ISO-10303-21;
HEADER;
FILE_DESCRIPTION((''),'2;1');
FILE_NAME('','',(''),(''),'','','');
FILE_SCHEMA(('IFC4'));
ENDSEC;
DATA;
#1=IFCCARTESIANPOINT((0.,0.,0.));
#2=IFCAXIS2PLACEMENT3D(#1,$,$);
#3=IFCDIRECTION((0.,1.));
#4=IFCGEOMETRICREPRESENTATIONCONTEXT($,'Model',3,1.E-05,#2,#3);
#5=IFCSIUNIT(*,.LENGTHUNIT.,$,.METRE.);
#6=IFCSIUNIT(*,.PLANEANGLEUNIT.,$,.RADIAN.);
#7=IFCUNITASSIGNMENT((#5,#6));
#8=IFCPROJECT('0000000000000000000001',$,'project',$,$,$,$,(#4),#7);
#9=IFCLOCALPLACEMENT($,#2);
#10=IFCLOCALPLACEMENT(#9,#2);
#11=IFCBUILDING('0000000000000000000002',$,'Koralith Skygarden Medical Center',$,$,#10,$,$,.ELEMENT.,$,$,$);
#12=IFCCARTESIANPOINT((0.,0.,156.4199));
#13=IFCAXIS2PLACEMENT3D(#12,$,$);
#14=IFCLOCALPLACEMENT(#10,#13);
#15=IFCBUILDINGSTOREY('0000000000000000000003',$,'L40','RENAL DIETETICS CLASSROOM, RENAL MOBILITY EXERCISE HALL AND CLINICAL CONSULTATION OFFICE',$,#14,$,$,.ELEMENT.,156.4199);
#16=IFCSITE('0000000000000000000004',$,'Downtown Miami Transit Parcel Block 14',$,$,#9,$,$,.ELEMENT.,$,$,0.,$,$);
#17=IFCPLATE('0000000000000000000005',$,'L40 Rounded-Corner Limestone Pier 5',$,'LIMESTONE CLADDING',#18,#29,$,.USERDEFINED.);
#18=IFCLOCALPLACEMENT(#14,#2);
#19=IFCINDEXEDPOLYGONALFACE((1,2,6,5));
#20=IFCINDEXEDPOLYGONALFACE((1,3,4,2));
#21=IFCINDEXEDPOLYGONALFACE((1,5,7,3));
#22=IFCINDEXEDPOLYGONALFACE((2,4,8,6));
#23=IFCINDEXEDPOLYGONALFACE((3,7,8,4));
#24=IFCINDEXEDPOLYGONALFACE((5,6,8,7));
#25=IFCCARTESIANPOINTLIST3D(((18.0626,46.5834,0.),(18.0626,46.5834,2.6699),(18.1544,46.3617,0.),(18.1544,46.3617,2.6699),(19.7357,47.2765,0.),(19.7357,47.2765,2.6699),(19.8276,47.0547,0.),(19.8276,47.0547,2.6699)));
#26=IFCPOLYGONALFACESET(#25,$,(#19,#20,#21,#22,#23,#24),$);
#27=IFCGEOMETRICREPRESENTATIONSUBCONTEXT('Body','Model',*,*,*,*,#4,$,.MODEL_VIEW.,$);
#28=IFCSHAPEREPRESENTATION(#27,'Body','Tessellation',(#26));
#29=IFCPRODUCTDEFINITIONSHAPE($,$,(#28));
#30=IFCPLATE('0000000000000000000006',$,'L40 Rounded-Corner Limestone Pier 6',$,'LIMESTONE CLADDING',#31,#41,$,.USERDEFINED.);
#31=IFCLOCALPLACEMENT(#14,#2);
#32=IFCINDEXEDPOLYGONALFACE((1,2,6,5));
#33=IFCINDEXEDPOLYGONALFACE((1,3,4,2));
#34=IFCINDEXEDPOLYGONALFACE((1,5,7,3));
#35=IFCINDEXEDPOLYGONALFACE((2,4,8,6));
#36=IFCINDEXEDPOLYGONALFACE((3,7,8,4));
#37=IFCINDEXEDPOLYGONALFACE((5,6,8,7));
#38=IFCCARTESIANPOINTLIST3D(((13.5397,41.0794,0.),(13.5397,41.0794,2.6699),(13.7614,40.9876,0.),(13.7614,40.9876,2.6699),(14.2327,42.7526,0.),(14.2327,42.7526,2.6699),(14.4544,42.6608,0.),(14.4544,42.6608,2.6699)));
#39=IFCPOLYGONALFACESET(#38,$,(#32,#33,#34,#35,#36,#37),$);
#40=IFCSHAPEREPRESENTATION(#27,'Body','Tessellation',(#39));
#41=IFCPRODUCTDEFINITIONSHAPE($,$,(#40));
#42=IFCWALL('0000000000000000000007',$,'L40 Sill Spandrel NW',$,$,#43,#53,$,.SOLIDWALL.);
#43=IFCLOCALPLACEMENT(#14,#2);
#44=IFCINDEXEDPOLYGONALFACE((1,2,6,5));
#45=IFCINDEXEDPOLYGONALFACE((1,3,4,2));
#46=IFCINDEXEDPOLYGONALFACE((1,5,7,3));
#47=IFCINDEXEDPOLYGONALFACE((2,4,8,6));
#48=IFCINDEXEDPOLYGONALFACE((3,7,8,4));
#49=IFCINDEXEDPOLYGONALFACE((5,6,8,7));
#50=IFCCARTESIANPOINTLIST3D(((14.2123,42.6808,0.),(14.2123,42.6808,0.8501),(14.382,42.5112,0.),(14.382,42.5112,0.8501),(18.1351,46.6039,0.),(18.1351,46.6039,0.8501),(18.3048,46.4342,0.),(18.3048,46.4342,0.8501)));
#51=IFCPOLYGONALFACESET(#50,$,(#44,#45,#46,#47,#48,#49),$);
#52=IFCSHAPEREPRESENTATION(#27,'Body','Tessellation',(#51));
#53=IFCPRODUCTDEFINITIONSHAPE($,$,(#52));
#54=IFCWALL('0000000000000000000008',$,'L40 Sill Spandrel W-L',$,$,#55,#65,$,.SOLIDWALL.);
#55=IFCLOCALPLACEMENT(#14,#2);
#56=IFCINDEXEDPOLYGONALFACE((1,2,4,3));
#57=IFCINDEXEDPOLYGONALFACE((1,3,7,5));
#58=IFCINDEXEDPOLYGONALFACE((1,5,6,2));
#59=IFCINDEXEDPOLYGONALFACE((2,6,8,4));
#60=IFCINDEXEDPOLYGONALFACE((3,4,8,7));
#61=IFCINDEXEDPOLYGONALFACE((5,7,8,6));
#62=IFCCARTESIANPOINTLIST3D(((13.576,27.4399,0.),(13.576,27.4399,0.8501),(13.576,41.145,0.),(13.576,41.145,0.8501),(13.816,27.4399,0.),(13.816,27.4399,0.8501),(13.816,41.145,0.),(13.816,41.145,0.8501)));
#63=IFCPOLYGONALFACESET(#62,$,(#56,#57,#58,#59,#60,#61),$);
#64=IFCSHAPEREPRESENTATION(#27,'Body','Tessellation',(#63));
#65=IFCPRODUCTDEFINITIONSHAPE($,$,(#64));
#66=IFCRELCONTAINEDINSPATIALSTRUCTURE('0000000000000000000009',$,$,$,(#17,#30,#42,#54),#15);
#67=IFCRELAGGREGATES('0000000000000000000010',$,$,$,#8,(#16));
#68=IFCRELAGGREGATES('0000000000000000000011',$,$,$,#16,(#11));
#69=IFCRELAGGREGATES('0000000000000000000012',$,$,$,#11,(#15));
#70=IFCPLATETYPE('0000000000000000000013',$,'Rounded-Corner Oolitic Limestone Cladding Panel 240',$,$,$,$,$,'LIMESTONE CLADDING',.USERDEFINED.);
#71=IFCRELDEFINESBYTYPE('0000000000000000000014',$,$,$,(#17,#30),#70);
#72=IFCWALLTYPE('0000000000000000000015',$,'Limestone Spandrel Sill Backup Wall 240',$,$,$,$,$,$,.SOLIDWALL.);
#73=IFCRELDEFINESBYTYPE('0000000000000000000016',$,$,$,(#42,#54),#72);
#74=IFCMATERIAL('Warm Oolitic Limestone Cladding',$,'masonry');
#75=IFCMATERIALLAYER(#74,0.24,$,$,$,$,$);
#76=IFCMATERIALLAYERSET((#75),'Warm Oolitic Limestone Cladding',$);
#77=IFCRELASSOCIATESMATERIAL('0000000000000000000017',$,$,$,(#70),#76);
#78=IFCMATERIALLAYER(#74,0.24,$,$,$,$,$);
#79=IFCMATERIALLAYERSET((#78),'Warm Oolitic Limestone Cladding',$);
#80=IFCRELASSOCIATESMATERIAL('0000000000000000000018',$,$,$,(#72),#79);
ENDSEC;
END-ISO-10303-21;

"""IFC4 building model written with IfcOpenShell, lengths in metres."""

from ifc_helpers import new_model, si_unit, direction, frame, frame_2d, origin, origin_2d, place, context, subcontext, project, spatial, rectangle, extrude, material, layer, layer_set, type_object, element, save


model = new_model("IFC4")

# Units and contexts
model_context = context("Model", 3, precision=1e-05, world=origin(), true_north=direction((0.0, 1.0)))
body_context = subcontext(model_context, "Body", "Model", "MODEL_VIEW")
ifc_project = project(units=[si_unit("LENGTHUNIT", "METRE"), si_unit("PLANEANGLEUNIT", "RADIAN")], contexts=[model_context])

# Site, building, storey
site_placement = place(None, origin())
site = spatial("IfcSite", under=ifc_project, at=site_placement, Name="Downtown Miami Transit Parcel Block 14", CompositionType="ELEMENT", RefElevation=0.0)
building_placement = place(site_placement, origin())
building = spatial("IfcBuilding", under=site, at=building_placement, Name="Koralith Skygarden Medical Center", CompositionType="ELEMENT")
storey_placement = place(building_placement, frame((0.0, 0.0, 156.4199)))
storey = spatial("IfcBuildingStorey", under=building, at=storey_placement, Name="L40", Description="RENAL DIETETICS CLASSROOM, RENAL MOBILITY EXERCISE HALL AND CLINICAL CONSULTATION OFFICE", CompositionType="ELEMENT", Elevation=156.4199)

# Plates
ifc_material_1 = material(Name="Warm Oolitic Limestone Cladding", Category="masonry")
ifc_layer_1 = layer(ifc_material_1, 0.24)
ifc_layer_set_1 = layer_set([ifc_layer_1], Name="Warm Oolitic Limestone Cladding")
plate_type_1 = type_object("IfcPlateType", Name="Rounded-Corner Oolitic Limestone Cladding Panel 240", ElementType="LIMESTONE CLADDING", PredefinedType="USERDEFINED", material=ifc_layer_set_1)
for number, where, z_axis, x_axis, name in (
    (1, (18.9451, 46.8191, 0.0), (0.0, 0.0, 1.0), (-0.923885, -0.382671, 0.0), "L40 Rounded-Corner Limestone Pier 5"),
    (2, (13.9971, 41.8701, 0.0), (0.0, 0.0, 1.0), (-0.382671, -0.923885, 0.0), "L40 Rounded-Corner Limestone Pier 6"),
):
    element("IfcPlate", number, at=place(storey_placement, frame(where, z_axis=z_axis, x_axis=x_axis)), inside=storey, type_object=plate_type_1, Name=name, ObjectType="LIMESTONE CLADDING", PredefinedType="USERDEFINED", context=body_context, shape_type="SweptSolid", body=[
        extrude(rectangle(XDim=1.811, YDim=0.24, at=origin_2d()), origin(), (0.0, 0.0, 1.0), 2.6699),
    ])

# Walls
ifc_layer_2 = layer(ifc_material_1, 0.24)
ifc_layer_set_2 = layer_set([ifc_layer_2], Name="Warm Oolitic Limestone Cladding")
wall_type = type_object("IfcWallType", Name="Limestone Spandrel Sill Backup Wall 240", PredefinedType="SOLIDWALL", material=ifc_layer_set_2)
wall_1_placement = place(storey_placement, frame((18.22, 46.519, 0.0), z_axis=(0.0, 0.0, 1.0), x_axis=(-0.707085, -0.707129, 0.0)))
element("IfcWall", 3, at=wall_1_placement, inside=storey, type_object=wall_type, Name="L40 Sill Spandrel NW", PredefinedType="SOLIDWALL", context=body_context, shape_type="SweptSolid", body=[
    extrude(rectangle(XDim=5.5479, YDim=0.24, at=frame_2d((2.7739, 0.0))), origin(), (0.0, 0.0, 1.0), 0.8501),
])
wall_2_placement = place(storey_placement, frame((13.696, 41.145, 0.0), z_axis=(0.0, 0.0, 1.0), x_axis=(0.0, -1.0, 0.0)))
element("IfcWall", 4, at=wall_2_placement, inside=storey, type_object=wall_type, Name="L40 Sill Spandrel W-L", PredefinedType="SOLIDWALL", context=body_context, shape_type="SweptSolid", body=[
    extrude(rectangle(XDim=13.7051, YDim=0.24, at=frame_2d((6.8525, 0.0))), origin(), (0.0, 0.0, 1.0), 0.8501),
])

save(model, "model.ifc")
